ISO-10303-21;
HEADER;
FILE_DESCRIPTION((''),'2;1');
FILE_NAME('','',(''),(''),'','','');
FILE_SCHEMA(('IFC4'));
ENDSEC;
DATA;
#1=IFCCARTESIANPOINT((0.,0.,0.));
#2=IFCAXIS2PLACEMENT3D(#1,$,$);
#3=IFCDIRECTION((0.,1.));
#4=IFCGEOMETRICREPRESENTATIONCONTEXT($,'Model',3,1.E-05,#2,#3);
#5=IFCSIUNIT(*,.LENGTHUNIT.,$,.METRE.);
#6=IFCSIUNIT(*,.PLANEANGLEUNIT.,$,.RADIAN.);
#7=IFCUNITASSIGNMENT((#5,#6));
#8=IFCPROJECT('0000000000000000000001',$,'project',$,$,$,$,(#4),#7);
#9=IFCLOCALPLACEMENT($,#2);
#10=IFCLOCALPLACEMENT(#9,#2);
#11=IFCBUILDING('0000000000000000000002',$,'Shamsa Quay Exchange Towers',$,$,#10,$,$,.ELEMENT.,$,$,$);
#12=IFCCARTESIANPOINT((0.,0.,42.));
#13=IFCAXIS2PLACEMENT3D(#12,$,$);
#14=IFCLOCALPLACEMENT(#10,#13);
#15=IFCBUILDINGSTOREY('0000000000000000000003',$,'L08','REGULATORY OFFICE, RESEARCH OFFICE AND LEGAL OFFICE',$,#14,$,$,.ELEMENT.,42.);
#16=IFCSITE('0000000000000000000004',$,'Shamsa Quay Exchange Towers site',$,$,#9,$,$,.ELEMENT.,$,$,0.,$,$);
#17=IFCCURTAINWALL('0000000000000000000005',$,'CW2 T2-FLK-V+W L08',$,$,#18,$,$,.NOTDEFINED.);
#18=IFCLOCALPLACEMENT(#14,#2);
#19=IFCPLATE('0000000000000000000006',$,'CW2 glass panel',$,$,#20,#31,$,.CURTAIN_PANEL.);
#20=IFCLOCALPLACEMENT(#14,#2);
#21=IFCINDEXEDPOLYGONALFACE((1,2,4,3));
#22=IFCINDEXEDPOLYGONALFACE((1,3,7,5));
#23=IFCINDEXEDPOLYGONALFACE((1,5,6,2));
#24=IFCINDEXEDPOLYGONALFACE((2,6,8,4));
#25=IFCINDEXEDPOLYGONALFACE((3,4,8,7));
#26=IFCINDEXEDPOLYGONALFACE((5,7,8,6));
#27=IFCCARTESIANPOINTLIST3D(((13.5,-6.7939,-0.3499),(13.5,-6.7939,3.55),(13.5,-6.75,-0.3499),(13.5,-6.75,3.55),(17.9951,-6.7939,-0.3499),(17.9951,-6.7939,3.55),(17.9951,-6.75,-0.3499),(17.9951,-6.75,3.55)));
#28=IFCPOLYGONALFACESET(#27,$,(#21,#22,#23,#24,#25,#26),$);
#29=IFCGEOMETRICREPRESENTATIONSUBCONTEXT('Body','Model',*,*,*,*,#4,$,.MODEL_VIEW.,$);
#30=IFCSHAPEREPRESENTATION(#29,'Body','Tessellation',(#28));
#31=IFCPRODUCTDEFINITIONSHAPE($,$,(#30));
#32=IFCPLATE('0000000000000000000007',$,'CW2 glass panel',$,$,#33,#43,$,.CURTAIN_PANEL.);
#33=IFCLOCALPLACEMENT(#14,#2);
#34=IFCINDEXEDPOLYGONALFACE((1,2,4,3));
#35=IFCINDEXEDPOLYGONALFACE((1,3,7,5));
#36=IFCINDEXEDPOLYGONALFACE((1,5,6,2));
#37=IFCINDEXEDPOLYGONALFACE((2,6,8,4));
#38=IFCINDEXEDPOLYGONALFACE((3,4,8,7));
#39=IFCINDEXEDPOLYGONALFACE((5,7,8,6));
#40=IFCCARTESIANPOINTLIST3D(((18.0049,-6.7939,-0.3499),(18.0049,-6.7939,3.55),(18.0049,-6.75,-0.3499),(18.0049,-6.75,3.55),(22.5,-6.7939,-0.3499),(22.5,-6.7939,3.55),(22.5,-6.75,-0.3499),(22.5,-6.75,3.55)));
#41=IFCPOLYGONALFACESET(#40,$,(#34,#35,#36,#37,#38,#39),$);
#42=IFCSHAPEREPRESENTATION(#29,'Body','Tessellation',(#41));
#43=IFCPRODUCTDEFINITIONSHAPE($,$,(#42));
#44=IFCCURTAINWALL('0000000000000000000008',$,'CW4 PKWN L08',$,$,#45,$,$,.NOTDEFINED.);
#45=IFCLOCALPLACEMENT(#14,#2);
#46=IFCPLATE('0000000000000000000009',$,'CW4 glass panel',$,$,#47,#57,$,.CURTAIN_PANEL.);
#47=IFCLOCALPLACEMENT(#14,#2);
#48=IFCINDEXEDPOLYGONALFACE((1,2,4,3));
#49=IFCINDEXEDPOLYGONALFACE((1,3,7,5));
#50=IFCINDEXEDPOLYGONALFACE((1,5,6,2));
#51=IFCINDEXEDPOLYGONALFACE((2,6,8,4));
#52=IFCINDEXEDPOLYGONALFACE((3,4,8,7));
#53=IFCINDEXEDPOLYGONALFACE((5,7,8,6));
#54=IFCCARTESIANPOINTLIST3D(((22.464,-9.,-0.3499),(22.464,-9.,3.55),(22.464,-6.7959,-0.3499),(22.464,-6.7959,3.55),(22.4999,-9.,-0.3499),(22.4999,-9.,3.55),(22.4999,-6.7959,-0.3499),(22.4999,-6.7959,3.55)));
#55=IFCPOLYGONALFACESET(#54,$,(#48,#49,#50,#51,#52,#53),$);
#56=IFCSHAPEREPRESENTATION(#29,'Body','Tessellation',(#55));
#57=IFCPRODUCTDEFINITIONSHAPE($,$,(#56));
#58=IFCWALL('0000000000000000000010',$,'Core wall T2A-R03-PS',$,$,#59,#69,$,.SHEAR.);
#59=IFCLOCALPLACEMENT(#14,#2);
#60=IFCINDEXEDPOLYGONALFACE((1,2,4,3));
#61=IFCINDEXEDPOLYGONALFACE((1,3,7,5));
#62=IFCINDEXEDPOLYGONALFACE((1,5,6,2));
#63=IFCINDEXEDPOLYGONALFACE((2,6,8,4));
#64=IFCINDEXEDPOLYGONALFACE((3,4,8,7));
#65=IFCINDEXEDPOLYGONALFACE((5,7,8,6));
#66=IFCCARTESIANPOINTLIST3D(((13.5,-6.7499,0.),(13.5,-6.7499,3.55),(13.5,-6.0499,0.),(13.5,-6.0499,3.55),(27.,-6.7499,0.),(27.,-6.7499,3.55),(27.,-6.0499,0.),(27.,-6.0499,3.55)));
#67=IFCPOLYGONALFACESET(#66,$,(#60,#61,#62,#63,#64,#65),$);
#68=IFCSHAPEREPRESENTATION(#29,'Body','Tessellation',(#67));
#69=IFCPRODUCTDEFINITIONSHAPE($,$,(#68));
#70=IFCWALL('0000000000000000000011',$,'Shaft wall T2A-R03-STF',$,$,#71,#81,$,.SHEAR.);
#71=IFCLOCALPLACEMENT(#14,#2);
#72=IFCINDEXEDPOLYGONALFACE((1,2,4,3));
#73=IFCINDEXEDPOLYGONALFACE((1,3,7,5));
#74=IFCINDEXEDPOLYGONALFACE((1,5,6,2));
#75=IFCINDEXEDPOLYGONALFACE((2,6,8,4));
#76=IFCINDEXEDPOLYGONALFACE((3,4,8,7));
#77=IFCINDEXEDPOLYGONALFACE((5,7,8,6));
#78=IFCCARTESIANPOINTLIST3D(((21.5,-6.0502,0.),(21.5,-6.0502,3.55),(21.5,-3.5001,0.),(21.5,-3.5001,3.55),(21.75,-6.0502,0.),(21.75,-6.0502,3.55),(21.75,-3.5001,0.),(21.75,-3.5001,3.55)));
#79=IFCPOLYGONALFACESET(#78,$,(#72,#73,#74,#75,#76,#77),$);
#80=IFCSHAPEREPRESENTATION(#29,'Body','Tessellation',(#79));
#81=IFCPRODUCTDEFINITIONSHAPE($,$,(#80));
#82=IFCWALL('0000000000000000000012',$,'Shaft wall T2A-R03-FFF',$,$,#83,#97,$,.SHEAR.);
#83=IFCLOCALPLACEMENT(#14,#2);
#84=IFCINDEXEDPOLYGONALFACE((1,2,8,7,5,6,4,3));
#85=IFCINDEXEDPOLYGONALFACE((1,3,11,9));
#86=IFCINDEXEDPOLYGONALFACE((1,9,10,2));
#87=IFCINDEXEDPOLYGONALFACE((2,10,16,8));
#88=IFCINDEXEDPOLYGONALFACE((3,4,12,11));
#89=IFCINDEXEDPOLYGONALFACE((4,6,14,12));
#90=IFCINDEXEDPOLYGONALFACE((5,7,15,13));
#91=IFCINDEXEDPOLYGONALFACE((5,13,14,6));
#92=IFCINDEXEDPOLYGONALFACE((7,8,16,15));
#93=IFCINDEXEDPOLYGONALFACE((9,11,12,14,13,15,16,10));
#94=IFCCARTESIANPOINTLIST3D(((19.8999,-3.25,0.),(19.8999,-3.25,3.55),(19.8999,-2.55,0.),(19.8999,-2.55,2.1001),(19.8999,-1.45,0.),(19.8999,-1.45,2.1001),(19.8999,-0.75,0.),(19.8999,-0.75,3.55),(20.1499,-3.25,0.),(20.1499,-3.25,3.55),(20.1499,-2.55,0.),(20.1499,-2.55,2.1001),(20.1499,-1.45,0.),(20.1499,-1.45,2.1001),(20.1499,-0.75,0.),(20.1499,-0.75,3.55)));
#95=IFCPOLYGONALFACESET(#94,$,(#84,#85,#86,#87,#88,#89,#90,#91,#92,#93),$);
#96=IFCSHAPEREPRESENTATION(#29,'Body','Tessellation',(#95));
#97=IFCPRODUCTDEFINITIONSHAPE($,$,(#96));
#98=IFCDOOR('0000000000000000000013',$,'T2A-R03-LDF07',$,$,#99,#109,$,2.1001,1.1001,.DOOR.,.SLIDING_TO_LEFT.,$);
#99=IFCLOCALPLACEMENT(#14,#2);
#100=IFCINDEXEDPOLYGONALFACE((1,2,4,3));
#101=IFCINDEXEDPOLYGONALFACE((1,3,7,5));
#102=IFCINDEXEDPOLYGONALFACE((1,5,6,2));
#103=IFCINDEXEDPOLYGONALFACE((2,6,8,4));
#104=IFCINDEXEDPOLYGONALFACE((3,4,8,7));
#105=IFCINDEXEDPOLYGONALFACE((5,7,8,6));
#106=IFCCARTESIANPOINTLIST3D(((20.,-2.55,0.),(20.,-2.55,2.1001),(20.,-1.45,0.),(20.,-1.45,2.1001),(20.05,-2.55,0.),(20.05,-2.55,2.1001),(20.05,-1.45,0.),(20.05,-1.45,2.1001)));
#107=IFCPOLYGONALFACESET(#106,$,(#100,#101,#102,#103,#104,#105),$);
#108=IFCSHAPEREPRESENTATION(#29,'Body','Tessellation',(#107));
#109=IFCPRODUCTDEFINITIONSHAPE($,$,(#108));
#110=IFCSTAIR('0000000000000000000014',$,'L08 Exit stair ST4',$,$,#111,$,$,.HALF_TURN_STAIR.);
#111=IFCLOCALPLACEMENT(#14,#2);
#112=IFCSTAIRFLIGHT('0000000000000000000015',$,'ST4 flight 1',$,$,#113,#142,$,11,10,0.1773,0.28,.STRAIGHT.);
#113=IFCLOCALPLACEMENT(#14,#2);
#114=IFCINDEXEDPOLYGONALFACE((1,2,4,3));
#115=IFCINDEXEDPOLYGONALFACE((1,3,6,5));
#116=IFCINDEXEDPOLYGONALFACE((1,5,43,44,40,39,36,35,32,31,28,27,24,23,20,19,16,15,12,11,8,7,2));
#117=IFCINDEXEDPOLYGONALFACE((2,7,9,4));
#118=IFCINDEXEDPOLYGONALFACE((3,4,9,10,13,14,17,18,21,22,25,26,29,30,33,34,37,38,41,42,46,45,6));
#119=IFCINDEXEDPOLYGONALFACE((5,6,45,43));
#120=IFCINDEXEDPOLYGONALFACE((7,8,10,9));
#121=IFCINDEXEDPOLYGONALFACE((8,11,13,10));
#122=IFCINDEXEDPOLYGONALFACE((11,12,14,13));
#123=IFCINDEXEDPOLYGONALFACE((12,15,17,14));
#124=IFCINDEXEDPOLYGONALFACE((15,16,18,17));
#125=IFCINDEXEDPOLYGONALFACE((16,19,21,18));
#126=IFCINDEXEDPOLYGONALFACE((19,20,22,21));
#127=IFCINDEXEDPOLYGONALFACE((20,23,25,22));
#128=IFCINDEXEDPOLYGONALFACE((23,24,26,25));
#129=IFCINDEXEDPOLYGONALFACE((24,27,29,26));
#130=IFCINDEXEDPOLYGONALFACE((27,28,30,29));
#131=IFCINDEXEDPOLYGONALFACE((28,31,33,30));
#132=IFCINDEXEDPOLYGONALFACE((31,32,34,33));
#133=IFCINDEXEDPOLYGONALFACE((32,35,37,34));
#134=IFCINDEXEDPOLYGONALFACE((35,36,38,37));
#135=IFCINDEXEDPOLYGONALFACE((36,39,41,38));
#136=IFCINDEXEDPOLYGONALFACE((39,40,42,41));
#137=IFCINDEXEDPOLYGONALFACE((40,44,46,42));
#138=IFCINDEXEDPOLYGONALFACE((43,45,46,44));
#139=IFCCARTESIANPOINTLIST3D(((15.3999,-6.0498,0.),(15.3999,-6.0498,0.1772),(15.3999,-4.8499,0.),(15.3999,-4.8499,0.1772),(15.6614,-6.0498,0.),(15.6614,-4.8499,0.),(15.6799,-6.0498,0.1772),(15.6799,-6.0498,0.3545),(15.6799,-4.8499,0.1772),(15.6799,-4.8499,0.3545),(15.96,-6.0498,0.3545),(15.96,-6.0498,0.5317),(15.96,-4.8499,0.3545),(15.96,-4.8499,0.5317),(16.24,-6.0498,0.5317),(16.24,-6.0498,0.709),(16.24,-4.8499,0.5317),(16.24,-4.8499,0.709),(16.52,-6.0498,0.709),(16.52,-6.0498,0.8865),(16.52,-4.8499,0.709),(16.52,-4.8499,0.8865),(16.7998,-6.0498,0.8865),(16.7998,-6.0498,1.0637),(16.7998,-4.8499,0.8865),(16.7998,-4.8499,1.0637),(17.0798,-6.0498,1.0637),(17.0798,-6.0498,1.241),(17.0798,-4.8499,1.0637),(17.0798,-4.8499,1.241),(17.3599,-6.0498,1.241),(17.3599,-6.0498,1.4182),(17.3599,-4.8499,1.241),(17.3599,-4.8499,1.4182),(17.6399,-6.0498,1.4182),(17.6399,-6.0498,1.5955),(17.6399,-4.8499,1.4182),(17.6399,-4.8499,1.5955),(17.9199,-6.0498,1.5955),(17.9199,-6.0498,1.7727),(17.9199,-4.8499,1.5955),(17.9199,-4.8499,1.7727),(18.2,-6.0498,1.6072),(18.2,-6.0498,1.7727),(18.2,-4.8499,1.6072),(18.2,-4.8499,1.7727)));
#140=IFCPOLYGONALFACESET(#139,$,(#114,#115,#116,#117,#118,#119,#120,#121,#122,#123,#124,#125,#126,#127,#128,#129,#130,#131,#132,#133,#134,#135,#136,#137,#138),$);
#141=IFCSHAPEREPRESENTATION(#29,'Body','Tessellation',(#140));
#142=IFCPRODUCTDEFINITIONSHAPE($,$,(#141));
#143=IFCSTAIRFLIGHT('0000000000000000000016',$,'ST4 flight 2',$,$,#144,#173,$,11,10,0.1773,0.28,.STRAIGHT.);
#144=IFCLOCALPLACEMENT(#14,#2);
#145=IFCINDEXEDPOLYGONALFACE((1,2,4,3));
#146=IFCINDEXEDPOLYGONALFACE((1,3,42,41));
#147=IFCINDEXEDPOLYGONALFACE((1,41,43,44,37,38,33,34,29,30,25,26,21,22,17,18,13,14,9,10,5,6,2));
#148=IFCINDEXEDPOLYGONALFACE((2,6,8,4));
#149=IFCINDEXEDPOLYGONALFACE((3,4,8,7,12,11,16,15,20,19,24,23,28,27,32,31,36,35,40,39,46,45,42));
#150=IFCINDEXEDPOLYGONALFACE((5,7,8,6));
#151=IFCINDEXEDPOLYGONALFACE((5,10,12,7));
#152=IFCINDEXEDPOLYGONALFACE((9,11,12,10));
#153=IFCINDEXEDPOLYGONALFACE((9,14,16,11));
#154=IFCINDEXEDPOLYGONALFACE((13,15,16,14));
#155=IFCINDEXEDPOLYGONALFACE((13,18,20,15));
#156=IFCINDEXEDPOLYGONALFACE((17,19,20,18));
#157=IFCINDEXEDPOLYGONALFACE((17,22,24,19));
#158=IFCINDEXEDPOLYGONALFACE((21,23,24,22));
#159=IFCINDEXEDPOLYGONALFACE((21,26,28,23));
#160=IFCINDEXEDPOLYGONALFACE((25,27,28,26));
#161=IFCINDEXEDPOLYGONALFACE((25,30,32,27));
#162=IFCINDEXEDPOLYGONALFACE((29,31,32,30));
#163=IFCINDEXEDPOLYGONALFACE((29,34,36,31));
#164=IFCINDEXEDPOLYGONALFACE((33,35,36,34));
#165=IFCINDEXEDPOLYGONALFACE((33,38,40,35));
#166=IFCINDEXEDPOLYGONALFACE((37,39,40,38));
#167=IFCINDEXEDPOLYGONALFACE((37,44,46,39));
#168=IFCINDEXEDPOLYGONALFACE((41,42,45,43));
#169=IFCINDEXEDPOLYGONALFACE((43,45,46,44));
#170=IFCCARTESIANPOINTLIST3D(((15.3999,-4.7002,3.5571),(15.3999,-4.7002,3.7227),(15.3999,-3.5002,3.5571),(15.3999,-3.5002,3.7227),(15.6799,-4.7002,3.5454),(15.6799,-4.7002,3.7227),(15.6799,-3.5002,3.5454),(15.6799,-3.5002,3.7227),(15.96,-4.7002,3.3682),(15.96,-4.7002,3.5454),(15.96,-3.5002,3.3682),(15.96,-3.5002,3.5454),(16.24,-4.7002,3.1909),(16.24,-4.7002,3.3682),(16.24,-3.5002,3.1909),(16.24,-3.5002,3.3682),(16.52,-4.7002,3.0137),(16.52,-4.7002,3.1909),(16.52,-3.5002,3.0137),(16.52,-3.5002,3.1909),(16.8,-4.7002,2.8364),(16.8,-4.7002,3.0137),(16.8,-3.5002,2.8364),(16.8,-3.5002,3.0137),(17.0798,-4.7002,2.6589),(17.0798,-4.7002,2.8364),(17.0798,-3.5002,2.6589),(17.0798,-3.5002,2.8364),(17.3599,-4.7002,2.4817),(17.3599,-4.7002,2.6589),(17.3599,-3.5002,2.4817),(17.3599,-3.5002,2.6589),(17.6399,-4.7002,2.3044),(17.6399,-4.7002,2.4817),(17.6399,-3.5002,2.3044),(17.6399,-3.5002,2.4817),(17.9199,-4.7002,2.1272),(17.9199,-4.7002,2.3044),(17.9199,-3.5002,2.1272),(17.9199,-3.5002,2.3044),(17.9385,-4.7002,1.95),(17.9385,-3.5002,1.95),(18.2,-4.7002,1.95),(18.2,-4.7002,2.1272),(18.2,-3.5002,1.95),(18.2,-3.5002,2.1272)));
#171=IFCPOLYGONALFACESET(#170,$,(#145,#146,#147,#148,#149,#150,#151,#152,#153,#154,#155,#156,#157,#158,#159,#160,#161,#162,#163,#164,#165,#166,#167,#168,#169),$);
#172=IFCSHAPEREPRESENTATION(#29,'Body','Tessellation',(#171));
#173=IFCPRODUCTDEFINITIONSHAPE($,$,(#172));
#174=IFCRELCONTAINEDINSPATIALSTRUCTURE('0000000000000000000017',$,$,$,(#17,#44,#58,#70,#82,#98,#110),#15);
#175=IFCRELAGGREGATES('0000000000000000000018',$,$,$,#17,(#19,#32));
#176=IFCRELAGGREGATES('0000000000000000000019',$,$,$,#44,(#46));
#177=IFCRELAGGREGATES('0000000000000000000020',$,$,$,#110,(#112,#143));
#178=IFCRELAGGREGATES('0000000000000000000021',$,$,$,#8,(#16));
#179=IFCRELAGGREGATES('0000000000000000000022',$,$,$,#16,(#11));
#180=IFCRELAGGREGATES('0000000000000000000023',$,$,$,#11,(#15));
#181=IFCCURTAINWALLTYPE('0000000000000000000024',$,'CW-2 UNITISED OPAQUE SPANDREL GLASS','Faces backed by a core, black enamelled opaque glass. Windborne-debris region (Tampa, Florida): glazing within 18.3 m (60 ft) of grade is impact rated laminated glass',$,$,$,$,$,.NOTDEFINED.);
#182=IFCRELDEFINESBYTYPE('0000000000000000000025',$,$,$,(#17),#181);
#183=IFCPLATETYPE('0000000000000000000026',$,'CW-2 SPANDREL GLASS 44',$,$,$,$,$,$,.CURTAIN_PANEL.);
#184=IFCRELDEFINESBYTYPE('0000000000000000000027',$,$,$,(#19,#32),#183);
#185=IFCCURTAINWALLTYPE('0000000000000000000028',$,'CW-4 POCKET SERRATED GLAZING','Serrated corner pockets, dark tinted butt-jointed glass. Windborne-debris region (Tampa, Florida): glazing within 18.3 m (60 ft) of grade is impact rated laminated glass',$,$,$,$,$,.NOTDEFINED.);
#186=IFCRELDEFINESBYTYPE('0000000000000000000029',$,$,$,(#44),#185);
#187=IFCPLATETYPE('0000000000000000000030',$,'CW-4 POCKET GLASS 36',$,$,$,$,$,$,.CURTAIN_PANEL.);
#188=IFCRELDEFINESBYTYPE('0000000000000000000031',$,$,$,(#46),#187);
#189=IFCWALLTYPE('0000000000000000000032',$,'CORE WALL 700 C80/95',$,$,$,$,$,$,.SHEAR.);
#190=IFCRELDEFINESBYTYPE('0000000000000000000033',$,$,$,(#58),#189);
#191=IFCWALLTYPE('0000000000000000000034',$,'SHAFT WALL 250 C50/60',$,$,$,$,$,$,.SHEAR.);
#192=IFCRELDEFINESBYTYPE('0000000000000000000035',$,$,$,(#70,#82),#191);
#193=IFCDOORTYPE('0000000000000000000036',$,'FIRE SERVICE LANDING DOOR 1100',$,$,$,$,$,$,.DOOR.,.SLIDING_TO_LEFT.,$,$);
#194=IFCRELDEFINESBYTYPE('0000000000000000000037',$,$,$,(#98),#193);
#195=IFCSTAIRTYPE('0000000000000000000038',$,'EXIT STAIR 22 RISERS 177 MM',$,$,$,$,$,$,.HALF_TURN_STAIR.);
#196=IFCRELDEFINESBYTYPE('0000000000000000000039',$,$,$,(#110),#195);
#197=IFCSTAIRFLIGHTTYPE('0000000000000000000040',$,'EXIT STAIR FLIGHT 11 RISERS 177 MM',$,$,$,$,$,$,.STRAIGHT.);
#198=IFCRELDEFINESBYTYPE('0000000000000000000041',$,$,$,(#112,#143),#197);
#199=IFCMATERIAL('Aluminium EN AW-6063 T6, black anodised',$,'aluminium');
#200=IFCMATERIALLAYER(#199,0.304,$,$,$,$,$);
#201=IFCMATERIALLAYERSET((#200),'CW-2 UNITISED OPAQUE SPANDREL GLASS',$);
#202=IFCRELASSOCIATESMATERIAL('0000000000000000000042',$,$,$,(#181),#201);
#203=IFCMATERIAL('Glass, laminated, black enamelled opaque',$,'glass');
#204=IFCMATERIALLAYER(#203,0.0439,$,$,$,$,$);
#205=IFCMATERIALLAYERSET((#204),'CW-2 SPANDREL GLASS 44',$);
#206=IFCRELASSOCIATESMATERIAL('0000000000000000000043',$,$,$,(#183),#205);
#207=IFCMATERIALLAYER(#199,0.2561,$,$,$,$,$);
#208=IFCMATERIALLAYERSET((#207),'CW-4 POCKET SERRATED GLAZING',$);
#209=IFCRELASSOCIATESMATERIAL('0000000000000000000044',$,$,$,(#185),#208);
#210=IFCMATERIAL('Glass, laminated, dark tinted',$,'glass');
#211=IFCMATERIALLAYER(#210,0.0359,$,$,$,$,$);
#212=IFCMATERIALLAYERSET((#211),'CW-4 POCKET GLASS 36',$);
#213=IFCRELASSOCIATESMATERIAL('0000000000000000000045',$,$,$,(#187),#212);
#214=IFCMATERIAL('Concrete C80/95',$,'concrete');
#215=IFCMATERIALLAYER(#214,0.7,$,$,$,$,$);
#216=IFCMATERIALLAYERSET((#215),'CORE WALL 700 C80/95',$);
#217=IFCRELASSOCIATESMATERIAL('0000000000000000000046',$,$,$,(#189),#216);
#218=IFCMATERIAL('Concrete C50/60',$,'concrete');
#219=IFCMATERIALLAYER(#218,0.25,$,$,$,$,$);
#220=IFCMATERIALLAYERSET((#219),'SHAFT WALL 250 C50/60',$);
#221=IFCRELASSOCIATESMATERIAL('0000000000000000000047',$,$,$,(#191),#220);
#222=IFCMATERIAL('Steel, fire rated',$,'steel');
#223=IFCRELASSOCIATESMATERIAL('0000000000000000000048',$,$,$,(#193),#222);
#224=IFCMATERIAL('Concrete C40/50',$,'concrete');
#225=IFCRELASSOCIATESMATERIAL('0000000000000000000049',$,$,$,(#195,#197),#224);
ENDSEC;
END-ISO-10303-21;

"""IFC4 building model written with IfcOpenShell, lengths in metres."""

from ifc_helpers import new_model, si_unit, direction, frame, frame_2d, origin, origin_2d, place, context, subcontext, project, spatial, polyline, rectangle, outline, extrude, material, layer, layer_set, type_object, element, fill, aggregate, save


model = new_model("IFC4")

# Units and contexts
model_context = context("Model", 3, precision=1e-05, world=origin(), true_north=direction((0.0, 1.0)))
body_context = subcontext(model_context, "Body", "Model", "MODEL_VIEW")
ifc_project = project(units=[si_unit("LENGTHUNIT", "METRE"), si_unit("PLANEANGLEUNIT", "RADIAN")], contexts=[model_context])

# Site, building, storey
site_placement = place(None, origin())
site = spatial("IfcSite", under=ifc_project, at=site_placement, Name="Shamsa Quay Exchange Towers site", CompositionType="ELEMENT", RefElevation=0.0)
building_placement = place(site_placement, origin())
building = spatial("IfcBuilding", under=site, at=building_placement, Name="Shamsa Quay Exchange Towers", CompositionType="ELEMENT")
storey_placement = place(building_placement, frame((0.0, 0.0, 42.0)))
storey = spatial("IfcBuildingStorey", under=building, at=storey_placement, Name="L08", Description="REGULATORY OFFICE, RESEARCH OFFICE AND LEGAL OFFICE", CompositionType="ELEMENT", Elevation=42.0)

# Shared definitions
ifc_material_1 = material(Name="Aluminium EN AW-6063 T6, black anodised", Category="aluminium")

# Shared definitions
ifc_material_2 = material(Name="Glass, laminated, dark tinted", Category="glass")

# Curtain wall, plates
ifc_layer_1 = layer(ifc_material_1, 0.304)
ifc_layer_set_1 = layer_set([ifc_layer_1], Name="CW-2 UNITISED OPAQUE SPANDREL GLASS")
curtain_wall_type_1 = type_object("IfcCurtainWallType", Name="CW-2 UNITISED OPAQUE SPANDREL GLASS", Description="Faces backed by a core, black enamelled opaque glass. Windborne-debris region (Tampa, Florida): glazing within 18.3 m (60 ft) of grade is impact rated laminated glass", PredefinedType="NOTDEFINED", material=ifc_layer_set_1)
curtain_wall_1_placement = place(storey_placement, origin())
curtain_wall_1 = element("IfcCurtainWall", 1, at=curtain_wall_1_placement, inside=storey, type_object=curtain_wall_type_1, Name="CW2 T2-FLK-V+W L08", PredefinedType="NOTDEFINED")
ifc_material_3 = material(Name="Glass, laminated, black enamelled opaque", Category="glass")
ifc_layer_2 = layer(ifc_material_3, 0.0439)
ifc_layer_set_2 = layer_set([ifc_layer_2], Name="CW-2 SPANDREL GLASS 44")
plate_type_1 = type_object("IfcPlateType", Name="CW-2 SPANDREL GLASS 44", PredefinedType="CURTAIN_PANEL", material=ifc_layer_set_2)
plate_1_placement = place(storey_placement, frame((15.7476, -6.772, -0.3499)))
plate_1 = element("IfcPlate", 2, at=plate_1_placement, type_object=plate_type_1, Name="CW2 glass panel", PredefinedType="CURTAIN_PANEL", context=body_context, shape_type="SweptSolid", body=[
    extrude(rectangle(XDim=4.4951, YDim=0.0439, at=origin_2d()), origin(), (0.0, 0.0, 1.0), 3.8999),
])
plate_2_placement = place(storey_placement, frame((20.2524, -6.772, -0.3499)))
plate_2 = element("IfcPlate", 3, at=plate_2_placement, type_object=plate_type_1, Name="CW2 glass panel", PredefinedType="CURTAIN_PANEL", context=body_context, shape_type="SweptSolid", body=[
    extrude(rectangle(XDim=4.4951, YDim=0.0439, at=origin_2d()), origin(), (0.0, 0.0, 1.0), 3.8999),
])
aggregate(curtain_wall_1, [plate_1, plate_2])

# Curtain wall, plate
ifc_layer_3 = layer(ifc_material_1, 0.2561)
ifc_layer_set_3 = layer_set([ifc_layer_3], Name="CW-4 POCKET SERRATED GLAZING")
curtain_wall_type_2 = type_object("IfcCurtainWallType", Name="CW-4 POCKET SERRATED GLAZING", Description="Serrated corner pockets, dark tinted butt-jointed glass. Windborne-debris region (Tampa, Florida): glazing within 18.3 m (60 ft) of grade is impact rated laminated glass", PredefinedType="NOTDEFINED", material=ifc_layer_set_3)
curtain_wall_2_placement = place(storey_placement, origin())
curtain_wall_2 = element("IfcCurtainWall", 4, at=curtain_wall_2_placement, inside=storey, type_object=curtain_wall_type_2, Name="CW4 PKWN L08", PredefinedType="NOTDEFINED")
ifc_layer_4 = layer(ifc_material_2, 0.0359)
ifc_layer_set_4 = layer_set([ifc_layer_4], Name="CW-4 POCKET GLASS 36")
plate_type_2 = type_object("IfcPlateType", Name="CW-4 POCKET GLASS 36", PredefinedType="CURTAIN_PANEL", material=ifc_layer_set_4)
plate_3_placement = place(storey_placement, frame((22.4819, -7.8979, -0.3499), z_axis=(0.0, 0.0, 1.0), x_axis=(0.0, -1.0, 0.0)))
plate_3 = element("IfcPlate", 5, at=plate_3_placement, type_object=plate_type_2, Name="CW4 glass panel", PredefinedType="CURTAIN_PANEL", context=body_context, shape_type="SweptSolid", body=[
    extrude(rectangle(XDim=2.2041, YDim=0.0359, at=origin_2d()), origin(), (0.0, 0.0, 1.0), 3.8999),
])
aggregate(curtain_wall_2, [plate_3])

# Walls
ifc_material_4 = material(Name="Concrete C80/95", Category="concrete")
ifc_layer_5 = layer(ifc_material_4, 0.7)
ifc_layer_set_5 = layer_set([ifc_layer_5], Name="CORE WALL 700 C80/95")
wall_type_1 = type_object("IfcWallType", Name="CORE WALL 700 C80/95", PredefinedType="SHEAR", material=ifc_layer_set_5)
wall_1_placement = place(storey_placement, frame((13.5, -6.3999, 0.0)))
element("IfcWall", 6, at=wall_1_placement, inside=storey, type_object=wall_type_1, Name="Core wall T2A-R03-PS", PredefinedType="SHEAR", context=body_context, shape_type="SweptSolid", body=[
    extrude(rectangle(XDim=13.5, YDim=0.7, at=frame_2d((6.75, 0.0))), origin(), (0.0, 0.0, 1.0), 3.55),
])
ifc_material_5 = material(Name="Concrete C50/60", Category="concrete")
ifc_layer_6 = layer(ifc_material_5, 0.25)
ifc_layer_set_6 = layer_set([ifc_layer_6], Name="SHAFT WALL 250 C50/60")
wall_type_2 = type_object("IfcWallType", Name="SHAFT WALL 250 C50/60", PredefinedType="SHEAR", material=ifc_layer_set_6)
wall_2_placement = place(storey_placement, frame((21.625, -6.05, 0.0), z_axis=(0.0, 0.0, 1.0), x_axis=(0.0, 1.0, 0.0)))
element("IfcWall", 7, at=wall_2_placement, inside=storey, type_object=wall_type_2, Name="Shaft wall T2A-R03-STF", PredefinedType="SHEAR", context=body_context, shape_type="SweptSolid", body=[
    extrude(rectangle(XDim=2.55, YDim=0.25, at=frame_2d((1.2749, 0.0))), origin(), (0.0, 0.0, 1.0), 3.55),
])

# Wall, opening, door
wall_3_placement = place(storey_placement, frame((20.0249, -3.25, 0.0), z_axis=(0.0, 0.0, 1.0), x_axis=(0.0, 1.0, 0.0)))
wall_3 = element("IfcWall", 8, at=wall_3_placement, inside=storey, type_object=wall_type_2, Name="Shaft wall T2A-R03-FFF", PredefinedType="SHEAR", context=body_context, shape_type="SweptSolid", body=[
    extrude(rectangle(XDim=2.5, YDim=0.25, at=frame_2d((1.25, 0.0))), origin(), (0.0, 0.0, 1.0), 3.55),
])
opening_placement = place(wall_3_placement, frame((0.7, 0.0, 0.0)))
opening = element("IfcOpeningElement", 9, at=opening_placement, cuts=wall_3, PredefinedType="OPENING", context=body_context, shape_type="SweptSolid", body=[
    extrude(rectangle(XDim=1.1001, YDim=2.1001, at=frame_2d((0.55, 1.05))), frame((0.0, 0.135, 0.0), z_axis=(0.0, -1.0, 0.0), x_axis=(1.0, 0.0, 0.0)), (0.0, 0.0, 1.0), 0.27),
])
ifc_material_6 = material(Name="Steel, fire rated", Category="steel")
door_type = type_object("IfcDoorType", Name="FIRE SERVICE LANDING DOOR 1100", OperationType="SLIDING_TO_LEFT", PredefinedType="DOOR", material=ifc_material_6)
door_placement = place(opening_placement, origin())
door = element("IfcDoor", 10, at=door_placement, inside=storey, type_object=door_type, Name="T2A-R03-LDF07", OperationType="SLIDING_TO_LEFT", OverallHeight=2.1001, OverallWidth=1.1001, PredefinedType="DOOR", context=body_context, shape_type="SweptSolid", body=[
    extrude(rectangle(XDim=1.1001, YDim=2.1001, at=frame_2d((0.55, 1.05))), frame((0.0, 0.0249, 0.0), z_axis=(0.0, -1.0, 0.0), x_axis=(1.0, 0.0, 0.0)), (0.0, 0.0, 1.0), 0.05),
])
fill(opening, door)

# Stair, stair flights
ifc_material_7 = material(Name="Concrete C40/50", Category="concrete")
stair_type = type_object("IfcStairType", Name="EXIT STAIR 22 RISERS 177 MM", PredefinedType="HALF_TURN_STAIR", material=ifc_material_7)
stair_placement = place(storey_placement, origin())
stair = element("IfcStair", 11, at=stair_placement, inside=storey, type_object=stair_type, Name="L08 Exit stair ST4", PredefinedType="HALF_TURN_STAIR")
stair_flight_type = type_object("IfcStairFlightType", Name="EXIT STAIR FLIGHT 11 RISERS 177 MM", PredefinedType="STRAIGHT", material=ifc_material_7)
stair_flight_1_placement = place(storey_placement, frame((15.3999, -5.45, 0.0)))
stair_flight_1 = element("IfcStairFlight", 12, at=stair_flight_1_placement, type_object=stair_flight_type, Name="ST4 flight 1", NumberOfRisers=11, NumberOfTreads=10, PredefinedType="STRAIGHT", RiserHeight=0.1773, TreadLength=0.28, context=body_context, shape_type="SweptSolid", body=[
    extrude(outline(polyline([(0.0, 0.0), (0.0, 0.1772), (0.28, 0.1772), (0.28, 0.3545), (0.5601, 0.3545), (0.5601, 0.5317), (0.8401, 0.5317), (0.8401, 0.709), (1.1201, 0.709), (1.1201, 0.8865), (1.3999, 0.8865), (1.3999, 1.0637), (1.6799, 1.0637), (1.6799, 1.241), (1.96, 1.241), (1.96, 1.4182), (2.24, 1.4182), (2.24, 1.5955), (2.52, 1.5955), (2.52, 1.7727), (2.8, 1.7727), (2.8, 1.95), (2.8, 1.6072), (0.2615, 0.0), (0.0, 0.0)])), frame((0.0, 0.6001, 0.0), z_axis=(0.0, -1.0, 0.0), x_axis=(1.0, 0.0, 0.0)), (0.0, 0.0, 1.0), 1.2),
])
stair_flight_2_placement = place(storey_placement, frame((18.2, -4.1001, 1.95), z_axis=(0.0, 0.0, 1.0), x_axis=(-1.0, 0.0, 0.0)))
stair_flight_2 = element("IfcStairFlight", 13, at=stair_flight_2_placement, type_object=stair_flight_type, Name="ST4 flight 2", NumberOfRisers=11, NumberOfTreads=10, PredefinedType="STRAIGHT", RiserHeight=0.1773, TreadLength=0.28, context=body_context, shape_type="SweptSolid", body=[
    extrude(outline(polyline([(0.0, 0.0), (0.0, 0.1772), (0.28, 0.1772), (0.28, 0.3545), (0.5601, 0.3545), (0.5601, 0.5317), (0.8401, 0.5317), (0.8401, 0.709), (1.1201, 0.709), (1.1201, 0.8865), (1.3999, 0.8865), (1.3999, 1.0637), (1.6799, 1.0637), (1.6799, 1.241), (1.96, 1.241), (1.96, 1.4182), (2.24, 1.4182), (2.24, 1.5955), (2.52, 1.5955), (2.52, 1.7727), (2.8, 1.7727), (2.8, 1.95), (2.8, 1.6072), (0.2615, 0.0), (0.0, 0.0)])), frame((0.0, 0.6001, 0.0), z_axis=(0.0, -1.0, 0.0), x_axis=(1.0, 0.0, 0.0)), (0.0, 0.0, 1.0), 1.2),
])
aggregate(stair, [stair_flight_1, stair_flight_2])

save(model, "model.ifc")
